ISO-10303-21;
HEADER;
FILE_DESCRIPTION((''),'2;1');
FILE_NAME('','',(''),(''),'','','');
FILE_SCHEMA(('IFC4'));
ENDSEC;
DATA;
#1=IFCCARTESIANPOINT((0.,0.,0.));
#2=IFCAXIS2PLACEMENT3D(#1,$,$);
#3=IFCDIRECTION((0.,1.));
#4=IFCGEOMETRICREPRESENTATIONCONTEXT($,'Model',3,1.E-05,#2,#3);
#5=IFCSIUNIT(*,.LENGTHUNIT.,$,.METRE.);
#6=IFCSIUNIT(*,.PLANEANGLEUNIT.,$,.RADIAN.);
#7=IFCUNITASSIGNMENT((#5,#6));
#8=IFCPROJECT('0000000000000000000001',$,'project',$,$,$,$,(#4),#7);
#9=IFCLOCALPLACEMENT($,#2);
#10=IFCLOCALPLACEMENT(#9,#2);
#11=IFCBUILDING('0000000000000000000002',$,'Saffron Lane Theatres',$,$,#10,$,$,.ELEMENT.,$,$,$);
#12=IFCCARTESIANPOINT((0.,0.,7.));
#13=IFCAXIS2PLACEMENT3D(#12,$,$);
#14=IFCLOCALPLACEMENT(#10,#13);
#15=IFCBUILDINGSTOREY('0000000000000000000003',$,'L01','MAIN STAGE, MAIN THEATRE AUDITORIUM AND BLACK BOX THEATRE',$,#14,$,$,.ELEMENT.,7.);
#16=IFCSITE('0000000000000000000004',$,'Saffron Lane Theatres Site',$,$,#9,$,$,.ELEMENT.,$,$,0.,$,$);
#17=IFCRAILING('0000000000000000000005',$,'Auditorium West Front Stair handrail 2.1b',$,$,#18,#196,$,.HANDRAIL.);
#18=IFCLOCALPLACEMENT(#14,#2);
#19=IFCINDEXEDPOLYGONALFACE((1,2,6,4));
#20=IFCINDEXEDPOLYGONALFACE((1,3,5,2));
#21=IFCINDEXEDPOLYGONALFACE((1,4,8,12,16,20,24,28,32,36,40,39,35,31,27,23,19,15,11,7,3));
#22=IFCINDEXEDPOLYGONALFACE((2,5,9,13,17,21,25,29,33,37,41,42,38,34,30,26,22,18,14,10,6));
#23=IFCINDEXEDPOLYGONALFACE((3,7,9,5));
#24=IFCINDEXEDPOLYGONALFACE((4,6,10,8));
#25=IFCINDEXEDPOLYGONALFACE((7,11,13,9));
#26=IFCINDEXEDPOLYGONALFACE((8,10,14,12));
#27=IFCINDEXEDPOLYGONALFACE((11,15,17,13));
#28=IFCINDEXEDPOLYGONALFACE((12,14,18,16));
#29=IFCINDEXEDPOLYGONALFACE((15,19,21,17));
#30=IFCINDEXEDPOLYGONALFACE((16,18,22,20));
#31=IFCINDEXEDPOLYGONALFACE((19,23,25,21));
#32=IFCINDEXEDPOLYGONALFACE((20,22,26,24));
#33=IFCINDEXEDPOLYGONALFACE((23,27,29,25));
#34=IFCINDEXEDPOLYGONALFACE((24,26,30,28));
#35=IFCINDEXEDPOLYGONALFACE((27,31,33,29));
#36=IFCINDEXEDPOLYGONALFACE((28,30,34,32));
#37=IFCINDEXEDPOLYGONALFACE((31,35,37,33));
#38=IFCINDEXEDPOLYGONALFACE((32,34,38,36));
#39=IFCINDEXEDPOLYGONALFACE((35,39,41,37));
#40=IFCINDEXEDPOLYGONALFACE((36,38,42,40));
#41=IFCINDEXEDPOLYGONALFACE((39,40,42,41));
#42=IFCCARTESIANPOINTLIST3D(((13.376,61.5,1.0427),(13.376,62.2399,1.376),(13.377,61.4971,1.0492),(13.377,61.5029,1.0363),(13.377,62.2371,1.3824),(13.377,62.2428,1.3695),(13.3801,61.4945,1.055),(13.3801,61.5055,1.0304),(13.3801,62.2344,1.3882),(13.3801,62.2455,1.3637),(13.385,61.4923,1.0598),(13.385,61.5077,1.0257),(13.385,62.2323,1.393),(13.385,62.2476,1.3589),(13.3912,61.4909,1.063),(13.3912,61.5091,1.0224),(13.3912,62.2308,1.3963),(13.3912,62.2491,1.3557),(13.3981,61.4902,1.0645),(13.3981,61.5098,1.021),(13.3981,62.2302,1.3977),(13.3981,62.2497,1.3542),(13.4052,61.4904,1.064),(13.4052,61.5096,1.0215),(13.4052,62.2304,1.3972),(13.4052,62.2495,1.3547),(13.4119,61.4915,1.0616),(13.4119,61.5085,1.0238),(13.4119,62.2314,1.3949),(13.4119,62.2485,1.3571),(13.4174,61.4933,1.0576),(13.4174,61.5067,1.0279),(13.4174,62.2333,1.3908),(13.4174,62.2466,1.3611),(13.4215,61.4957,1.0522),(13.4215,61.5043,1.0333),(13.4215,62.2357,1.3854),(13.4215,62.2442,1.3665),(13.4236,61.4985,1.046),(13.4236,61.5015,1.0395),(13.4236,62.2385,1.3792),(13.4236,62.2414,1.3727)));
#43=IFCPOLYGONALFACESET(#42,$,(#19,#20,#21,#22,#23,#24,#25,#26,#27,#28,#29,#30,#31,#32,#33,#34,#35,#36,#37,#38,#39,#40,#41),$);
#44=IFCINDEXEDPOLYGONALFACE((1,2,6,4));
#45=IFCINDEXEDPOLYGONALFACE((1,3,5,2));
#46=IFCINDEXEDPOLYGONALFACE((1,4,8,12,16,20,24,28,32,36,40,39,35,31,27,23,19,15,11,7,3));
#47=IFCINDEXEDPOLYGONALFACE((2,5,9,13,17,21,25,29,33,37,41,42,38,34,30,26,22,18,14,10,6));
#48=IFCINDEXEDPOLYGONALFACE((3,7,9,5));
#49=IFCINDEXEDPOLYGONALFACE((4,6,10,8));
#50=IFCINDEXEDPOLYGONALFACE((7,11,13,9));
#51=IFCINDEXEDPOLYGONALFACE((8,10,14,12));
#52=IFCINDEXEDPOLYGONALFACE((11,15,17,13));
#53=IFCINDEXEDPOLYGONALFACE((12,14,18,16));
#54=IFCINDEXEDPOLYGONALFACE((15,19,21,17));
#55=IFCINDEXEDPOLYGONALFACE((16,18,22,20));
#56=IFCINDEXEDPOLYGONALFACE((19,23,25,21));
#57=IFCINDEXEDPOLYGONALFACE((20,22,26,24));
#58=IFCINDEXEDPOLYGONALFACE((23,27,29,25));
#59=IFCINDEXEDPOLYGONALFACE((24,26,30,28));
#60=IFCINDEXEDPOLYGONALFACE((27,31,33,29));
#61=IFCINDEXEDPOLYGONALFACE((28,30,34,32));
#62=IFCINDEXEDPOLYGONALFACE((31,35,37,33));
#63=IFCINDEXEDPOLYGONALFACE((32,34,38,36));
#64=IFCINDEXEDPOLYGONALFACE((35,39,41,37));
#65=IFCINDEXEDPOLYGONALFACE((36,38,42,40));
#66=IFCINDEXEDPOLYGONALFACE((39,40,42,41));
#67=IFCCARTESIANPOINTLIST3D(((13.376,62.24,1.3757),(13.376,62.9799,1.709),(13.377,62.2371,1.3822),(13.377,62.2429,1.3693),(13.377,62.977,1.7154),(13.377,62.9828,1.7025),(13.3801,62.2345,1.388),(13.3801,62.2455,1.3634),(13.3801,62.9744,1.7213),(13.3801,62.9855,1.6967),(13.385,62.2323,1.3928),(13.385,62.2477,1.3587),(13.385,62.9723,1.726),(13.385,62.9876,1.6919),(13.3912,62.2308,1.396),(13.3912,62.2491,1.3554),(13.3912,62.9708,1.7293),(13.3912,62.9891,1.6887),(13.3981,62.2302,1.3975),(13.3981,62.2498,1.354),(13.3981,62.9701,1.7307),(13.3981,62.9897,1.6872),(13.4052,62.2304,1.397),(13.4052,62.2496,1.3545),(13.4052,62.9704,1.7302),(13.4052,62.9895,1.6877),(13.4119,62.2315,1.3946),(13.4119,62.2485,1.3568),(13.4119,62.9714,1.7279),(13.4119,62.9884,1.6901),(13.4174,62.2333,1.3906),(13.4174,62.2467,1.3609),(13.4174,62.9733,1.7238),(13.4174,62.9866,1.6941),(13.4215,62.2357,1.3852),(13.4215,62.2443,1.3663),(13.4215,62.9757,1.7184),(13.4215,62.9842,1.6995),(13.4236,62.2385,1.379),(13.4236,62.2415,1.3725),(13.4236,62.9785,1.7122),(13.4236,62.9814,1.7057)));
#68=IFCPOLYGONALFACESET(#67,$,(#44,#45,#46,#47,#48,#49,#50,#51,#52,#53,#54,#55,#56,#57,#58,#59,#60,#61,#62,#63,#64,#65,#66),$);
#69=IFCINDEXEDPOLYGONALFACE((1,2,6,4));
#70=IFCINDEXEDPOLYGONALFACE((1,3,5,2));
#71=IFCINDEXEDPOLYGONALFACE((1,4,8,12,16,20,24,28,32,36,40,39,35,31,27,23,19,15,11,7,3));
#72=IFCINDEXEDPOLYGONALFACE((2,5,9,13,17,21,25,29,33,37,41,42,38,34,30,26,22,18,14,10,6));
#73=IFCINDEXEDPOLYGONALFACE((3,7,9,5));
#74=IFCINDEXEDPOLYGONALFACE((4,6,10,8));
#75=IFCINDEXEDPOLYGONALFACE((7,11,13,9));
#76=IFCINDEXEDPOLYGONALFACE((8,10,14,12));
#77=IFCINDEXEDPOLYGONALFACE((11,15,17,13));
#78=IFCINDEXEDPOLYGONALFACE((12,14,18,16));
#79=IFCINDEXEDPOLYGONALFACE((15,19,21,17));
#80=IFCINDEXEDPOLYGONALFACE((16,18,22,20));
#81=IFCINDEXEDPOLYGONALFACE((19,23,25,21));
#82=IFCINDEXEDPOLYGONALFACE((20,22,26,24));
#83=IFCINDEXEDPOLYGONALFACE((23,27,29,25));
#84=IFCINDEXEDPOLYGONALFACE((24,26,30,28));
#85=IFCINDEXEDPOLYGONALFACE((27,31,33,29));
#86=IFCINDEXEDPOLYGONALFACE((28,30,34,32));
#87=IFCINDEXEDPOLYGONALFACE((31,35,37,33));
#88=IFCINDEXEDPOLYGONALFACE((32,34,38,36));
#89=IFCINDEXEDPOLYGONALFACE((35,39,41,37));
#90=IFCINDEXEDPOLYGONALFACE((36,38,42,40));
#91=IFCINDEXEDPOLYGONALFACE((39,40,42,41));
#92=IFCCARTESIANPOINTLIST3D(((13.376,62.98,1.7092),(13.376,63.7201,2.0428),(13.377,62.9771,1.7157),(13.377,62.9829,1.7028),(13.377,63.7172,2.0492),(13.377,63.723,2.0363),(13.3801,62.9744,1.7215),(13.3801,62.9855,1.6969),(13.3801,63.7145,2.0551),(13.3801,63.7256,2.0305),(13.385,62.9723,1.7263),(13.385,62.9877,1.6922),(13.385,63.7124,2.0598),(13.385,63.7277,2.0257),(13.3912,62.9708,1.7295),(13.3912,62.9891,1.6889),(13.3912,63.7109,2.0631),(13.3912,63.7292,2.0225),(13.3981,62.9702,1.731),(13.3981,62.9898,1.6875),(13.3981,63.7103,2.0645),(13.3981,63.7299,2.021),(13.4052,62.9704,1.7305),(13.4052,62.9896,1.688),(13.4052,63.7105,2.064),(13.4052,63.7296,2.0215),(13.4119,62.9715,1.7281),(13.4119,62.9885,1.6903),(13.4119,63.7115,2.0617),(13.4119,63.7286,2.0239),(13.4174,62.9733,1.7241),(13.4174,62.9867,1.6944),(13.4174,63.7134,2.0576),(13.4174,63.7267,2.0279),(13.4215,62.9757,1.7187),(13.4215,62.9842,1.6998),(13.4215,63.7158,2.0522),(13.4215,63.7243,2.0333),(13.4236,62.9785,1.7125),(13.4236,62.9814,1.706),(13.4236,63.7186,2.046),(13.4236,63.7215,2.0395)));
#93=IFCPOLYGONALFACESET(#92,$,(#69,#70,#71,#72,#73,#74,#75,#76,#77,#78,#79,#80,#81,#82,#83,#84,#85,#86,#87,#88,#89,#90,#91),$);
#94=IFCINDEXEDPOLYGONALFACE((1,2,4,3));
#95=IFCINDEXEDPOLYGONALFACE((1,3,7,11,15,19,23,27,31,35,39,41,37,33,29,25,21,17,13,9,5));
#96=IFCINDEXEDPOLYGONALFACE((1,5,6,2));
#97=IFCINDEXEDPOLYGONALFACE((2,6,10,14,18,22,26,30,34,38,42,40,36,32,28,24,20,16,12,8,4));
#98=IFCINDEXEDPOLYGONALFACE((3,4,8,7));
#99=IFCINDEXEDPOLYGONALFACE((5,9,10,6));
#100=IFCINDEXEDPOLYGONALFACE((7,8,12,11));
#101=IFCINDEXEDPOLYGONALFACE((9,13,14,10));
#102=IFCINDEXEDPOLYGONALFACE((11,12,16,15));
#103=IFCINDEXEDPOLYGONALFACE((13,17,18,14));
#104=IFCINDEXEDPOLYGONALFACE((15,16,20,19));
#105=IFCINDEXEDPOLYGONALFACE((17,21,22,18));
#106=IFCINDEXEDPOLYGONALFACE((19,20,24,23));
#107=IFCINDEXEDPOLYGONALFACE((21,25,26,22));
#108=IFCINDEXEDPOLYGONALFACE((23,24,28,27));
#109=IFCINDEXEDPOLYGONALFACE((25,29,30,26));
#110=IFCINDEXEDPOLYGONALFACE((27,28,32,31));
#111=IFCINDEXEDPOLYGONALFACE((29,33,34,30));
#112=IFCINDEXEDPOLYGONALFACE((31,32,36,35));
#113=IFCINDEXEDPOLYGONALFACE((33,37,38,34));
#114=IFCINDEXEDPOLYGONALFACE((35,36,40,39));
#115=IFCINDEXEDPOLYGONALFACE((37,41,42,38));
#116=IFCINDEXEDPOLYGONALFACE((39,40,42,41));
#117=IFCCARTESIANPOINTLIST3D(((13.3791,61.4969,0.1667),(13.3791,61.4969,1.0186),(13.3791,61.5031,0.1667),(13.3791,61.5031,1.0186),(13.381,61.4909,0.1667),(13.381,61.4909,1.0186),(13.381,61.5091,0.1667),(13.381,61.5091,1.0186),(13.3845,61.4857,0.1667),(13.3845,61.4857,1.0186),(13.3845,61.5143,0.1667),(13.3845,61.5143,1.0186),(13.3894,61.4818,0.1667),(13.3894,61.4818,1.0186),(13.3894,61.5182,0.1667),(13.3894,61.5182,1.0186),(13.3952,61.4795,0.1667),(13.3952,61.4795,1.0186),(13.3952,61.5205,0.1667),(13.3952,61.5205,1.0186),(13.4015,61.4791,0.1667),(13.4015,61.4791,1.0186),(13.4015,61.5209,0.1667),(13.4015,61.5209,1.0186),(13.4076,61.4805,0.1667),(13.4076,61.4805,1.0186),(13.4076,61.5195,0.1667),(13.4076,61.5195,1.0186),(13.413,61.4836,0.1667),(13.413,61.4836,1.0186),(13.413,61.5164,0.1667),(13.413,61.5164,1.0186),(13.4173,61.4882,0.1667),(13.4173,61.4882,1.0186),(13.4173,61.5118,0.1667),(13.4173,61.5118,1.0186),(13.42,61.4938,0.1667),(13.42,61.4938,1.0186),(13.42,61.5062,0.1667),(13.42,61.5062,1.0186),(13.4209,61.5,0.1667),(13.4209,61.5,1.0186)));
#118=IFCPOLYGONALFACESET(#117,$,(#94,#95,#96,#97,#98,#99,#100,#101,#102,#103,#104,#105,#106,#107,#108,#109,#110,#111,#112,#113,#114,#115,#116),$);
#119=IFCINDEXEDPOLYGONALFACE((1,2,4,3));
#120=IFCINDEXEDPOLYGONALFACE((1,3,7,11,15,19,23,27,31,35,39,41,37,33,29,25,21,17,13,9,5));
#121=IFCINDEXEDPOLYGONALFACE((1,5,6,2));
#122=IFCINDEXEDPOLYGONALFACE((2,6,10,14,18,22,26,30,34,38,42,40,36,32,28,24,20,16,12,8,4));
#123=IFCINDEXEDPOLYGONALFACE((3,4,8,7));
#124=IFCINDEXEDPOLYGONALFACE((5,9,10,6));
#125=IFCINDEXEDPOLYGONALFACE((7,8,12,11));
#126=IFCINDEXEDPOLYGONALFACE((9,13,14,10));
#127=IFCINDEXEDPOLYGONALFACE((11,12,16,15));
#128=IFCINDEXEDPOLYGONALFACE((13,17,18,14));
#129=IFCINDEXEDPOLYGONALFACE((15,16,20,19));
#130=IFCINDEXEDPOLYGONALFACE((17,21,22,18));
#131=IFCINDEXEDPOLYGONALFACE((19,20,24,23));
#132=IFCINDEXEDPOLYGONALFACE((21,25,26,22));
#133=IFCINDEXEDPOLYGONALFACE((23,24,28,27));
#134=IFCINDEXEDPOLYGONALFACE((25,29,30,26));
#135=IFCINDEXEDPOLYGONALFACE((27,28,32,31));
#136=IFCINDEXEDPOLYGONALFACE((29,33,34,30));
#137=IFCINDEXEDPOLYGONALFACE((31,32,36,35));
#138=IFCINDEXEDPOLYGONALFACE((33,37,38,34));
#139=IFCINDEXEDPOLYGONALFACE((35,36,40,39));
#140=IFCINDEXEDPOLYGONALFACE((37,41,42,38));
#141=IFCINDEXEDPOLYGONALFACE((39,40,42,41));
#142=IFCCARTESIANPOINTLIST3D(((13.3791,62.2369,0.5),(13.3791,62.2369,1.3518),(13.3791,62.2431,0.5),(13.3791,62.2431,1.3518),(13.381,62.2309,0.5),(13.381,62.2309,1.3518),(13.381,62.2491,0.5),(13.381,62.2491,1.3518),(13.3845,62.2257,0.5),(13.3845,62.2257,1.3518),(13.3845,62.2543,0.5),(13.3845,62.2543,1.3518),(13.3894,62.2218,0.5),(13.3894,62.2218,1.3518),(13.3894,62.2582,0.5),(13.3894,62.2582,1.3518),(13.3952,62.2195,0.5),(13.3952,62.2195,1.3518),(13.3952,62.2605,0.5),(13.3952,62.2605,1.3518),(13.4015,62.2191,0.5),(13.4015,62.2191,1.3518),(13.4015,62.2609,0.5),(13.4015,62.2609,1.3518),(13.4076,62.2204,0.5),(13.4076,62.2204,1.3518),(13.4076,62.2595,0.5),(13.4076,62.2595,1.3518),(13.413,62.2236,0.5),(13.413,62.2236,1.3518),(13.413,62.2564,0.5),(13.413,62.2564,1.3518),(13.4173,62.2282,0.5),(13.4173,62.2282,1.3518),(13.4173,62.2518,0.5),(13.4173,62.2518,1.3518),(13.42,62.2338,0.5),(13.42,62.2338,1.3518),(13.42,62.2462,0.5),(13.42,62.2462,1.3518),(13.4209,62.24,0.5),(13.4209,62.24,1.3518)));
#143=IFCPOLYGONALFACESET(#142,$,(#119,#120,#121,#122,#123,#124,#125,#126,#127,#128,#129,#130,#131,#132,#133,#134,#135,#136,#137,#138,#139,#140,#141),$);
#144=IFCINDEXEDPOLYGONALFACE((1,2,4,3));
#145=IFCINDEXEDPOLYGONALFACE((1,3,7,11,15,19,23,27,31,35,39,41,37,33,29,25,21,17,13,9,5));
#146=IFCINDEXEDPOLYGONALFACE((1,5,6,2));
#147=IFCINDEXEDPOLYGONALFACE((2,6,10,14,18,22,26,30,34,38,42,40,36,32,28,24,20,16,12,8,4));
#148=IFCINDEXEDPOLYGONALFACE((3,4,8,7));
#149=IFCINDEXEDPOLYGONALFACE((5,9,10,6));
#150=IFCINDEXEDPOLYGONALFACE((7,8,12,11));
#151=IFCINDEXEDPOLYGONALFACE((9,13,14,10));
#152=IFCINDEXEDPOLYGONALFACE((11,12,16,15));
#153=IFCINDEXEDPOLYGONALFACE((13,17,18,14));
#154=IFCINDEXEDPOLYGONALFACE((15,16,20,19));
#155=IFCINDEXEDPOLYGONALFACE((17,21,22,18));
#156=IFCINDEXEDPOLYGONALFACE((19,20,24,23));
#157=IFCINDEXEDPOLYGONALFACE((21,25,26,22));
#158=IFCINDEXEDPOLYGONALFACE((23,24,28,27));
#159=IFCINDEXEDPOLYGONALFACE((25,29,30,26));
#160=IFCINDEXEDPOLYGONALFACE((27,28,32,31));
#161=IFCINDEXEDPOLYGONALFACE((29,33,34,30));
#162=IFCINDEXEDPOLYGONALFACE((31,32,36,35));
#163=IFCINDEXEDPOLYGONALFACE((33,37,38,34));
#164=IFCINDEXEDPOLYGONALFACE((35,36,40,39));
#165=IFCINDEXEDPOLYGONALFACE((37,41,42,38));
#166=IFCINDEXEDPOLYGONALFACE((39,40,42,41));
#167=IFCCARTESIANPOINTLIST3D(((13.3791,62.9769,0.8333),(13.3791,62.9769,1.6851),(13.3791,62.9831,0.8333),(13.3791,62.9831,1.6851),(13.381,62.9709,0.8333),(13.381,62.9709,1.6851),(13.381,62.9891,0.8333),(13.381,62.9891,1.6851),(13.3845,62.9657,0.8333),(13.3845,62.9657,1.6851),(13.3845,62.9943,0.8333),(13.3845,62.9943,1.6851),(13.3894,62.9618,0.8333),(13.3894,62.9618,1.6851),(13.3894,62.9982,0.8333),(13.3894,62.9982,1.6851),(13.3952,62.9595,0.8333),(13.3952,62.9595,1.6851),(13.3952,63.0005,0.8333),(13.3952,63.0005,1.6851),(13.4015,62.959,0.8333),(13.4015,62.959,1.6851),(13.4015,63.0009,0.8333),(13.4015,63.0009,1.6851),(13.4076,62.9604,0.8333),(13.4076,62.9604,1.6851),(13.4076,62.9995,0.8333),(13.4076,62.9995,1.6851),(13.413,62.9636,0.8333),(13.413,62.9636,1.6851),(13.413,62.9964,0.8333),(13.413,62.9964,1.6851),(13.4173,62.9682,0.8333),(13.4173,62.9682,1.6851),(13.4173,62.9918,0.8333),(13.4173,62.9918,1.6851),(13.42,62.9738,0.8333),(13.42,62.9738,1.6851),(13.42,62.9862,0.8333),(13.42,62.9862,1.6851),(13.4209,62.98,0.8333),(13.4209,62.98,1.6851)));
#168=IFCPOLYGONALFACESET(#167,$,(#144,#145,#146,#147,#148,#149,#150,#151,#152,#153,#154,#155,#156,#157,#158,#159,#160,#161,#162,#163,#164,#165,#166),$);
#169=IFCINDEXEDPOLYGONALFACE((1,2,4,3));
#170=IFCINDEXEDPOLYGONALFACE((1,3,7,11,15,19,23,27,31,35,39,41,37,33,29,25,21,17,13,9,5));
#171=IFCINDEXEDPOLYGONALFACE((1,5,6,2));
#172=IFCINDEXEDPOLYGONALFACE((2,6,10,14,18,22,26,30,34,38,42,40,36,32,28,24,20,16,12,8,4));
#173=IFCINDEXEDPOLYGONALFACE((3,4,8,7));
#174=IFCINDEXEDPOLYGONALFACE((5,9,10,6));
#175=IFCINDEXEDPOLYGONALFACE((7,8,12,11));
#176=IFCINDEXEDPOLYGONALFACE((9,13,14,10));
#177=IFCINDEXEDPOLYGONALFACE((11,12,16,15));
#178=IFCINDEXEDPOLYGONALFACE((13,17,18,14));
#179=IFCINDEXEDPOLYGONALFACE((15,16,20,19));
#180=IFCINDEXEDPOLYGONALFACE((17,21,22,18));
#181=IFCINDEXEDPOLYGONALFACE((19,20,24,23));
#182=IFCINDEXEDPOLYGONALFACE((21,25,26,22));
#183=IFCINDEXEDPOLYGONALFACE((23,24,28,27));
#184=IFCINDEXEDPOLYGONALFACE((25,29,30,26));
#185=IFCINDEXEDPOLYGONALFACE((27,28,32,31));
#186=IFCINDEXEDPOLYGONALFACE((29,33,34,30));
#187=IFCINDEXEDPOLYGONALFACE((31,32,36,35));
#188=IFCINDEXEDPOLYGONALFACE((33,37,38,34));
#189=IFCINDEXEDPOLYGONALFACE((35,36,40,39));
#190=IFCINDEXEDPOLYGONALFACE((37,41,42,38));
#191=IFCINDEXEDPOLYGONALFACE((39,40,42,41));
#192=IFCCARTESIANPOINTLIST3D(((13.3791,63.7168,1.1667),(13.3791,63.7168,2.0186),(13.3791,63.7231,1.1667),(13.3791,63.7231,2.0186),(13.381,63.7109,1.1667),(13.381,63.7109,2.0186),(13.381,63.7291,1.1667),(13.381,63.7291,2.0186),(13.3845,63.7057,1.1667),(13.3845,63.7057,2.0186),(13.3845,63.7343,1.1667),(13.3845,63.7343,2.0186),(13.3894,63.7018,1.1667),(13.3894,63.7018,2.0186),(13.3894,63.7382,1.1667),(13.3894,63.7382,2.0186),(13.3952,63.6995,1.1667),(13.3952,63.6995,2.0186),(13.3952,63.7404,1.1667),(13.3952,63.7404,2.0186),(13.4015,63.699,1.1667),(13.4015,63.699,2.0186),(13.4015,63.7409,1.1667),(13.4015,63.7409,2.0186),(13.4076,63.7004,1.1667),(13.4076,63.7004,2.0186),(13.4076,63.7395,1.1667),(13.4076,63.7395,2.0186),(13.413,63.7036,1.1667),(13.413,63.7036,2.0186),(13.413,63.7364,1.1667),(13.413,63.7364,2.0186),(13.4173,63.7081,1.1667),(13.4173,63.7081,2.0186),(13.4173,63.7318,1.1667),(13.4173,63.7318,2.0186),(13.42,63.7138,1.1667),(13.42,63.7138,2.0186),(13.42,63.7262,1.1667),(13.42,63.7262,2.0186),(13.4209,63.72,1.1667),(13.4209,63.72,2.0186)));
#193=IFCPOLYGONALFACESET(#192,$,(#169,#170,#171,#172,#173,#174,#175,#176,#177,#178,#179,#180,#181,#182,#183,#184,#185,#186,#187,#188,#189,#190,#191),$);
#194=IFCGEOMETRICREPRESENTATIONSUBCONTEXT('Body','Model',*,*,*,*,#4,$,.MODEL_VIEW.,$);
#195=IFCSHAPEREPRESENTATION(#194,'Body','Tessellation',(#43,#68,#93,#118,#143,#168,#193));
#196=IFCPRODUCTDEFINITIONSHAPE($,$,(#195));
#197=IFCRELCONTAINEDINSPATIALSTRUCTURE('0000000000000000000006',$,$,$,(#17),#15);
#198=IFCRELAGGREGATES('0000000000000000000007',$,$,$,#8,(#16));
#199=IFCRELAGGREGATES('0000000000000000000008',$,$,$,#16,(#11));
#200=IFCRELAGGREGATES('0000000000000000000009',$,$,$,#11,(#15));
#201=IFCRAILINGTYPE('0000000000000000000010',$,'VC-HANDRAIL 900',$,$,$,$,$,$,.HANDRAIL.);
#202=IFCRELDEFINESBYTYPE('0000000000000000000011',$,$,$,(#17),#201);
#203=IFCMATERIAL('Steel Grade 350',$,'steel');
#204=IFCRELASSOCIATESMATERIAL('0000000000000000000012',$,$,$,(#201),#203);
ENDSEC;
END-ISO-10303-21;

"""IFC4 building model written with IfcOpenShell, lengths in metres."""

from ifc_helpers import new_model, si_unit, direction, frame, origin, origin_2d, place, context, subcontext, project, spatial, circle, extrude, material, type_object, element, save


model = new_model("IFC4")

# Units and contexts
model_context = context("Model", 3, precision=1e-05, world=origin(), true_north=direction((0.0, 1.0)))
body_context = subcontext(model_context, "Body", "Model", "MODEL_VIEW")
ifc_project = project(units=[si_unit("LENGTHUNIT", "METRE"), si_unit("PLANEANGLEUNIT", "RADIAN")], contexts=[model_context])

# Site, building, storey
site_placement = place(None, origin())
site = spatial("IfcSite", under=ifc_project, at=site_placement, Name="Saffron Lane Theatres Site", CompositionType="ELEMENT", RefElevation=0.0)
building_placement = place(site_placement, origin())
building = spatial("IfcBuilding", under=site, at=building_placement, Name="Saffron Lane Theatres", CompositionType="ELEMENT")
storey_placement = place(building_placement, frame((0.0, 0.0, 7.0)))
storey = spatial("IfcBuildingStorey", under=building, at=storey_placement, Name="L01", Description="MAIN STAGE, MAIN THEATRE AUDITORIUM AND BLACK BOX THEATRE", CompositionType="ELEMENT", Elevation=7.0)

# Railing
ifc_material_1 = material(Name="Steel Grade 350", Category="steel")
railing_type_1 = type_object("IfcRailingType", Name="VC-HANDRAIL 900", PredefinedType="HANDRAIL", material=ifc_material_1)
for number, where, name in (
    (1, (13.3999, 61.5, 0.1667), "Auditorium West Front Stair handrail 2.1b"),
):
    element("IfcRailing", number, at=place(storey_placement, frame(where)), inside=storey, type_object=railing_type_1, Name=name, PredefinedType="HANDRAIL", context=body_context, shape_type="SweptSolid", body=[
        extrude(circle(Radius=0.0239, at=origin_2d()), frame((0.0, 0.0, 0.876), z_axis=(0.0, 0.911803, 0.410627), x_axis=(-1.0, 0.0, 0.0)), (0.0, 0.0, 1.0), 0.8115),
        extrude(circle(Radius=0.0239, at=origin_2d()), frame((0.0, 0.74, 1.209), z_axis=(0.0, 0.911803, 0.410627), x_axis=(-1.0, 0.0, 0.0)), (0.0, 0.0, 1.0), 0.8115),
        extrude(circle(Radius=0.0239, at=origin_2d()), frame((0.0, 1.48, 1.5425), z_axis=(0.0, 0.911691, 0.410877), x_axis=(-1.0, 0.0, 0.0)), (0.0, 0.0, 1.0), 0.8118),
        extrude(circle(Radius=0.021, at=origin_2d()), origin(), (0.0, 0.0, 1.0), 0.8518),
        extrude(circle(Radius=0.021, at=origin_2d()), frame((0.0, 0.74, 0.3333)), (0.0, 0.0, 1.0), 0.8518),
        extrude(circle(Radius=0.021, at=origin_2d()), frame((0.0, 1.48, 0.6665)), (0.0, 0.0, 1.0), 0.8518),
        extrude(circle(Radius=0.021, at=origin_2d()), frame((0.0, 2.22, 1.0)), (0.0, 0.0, 1.0), 0.8518),
    ])

save(model, "model.ifc")
